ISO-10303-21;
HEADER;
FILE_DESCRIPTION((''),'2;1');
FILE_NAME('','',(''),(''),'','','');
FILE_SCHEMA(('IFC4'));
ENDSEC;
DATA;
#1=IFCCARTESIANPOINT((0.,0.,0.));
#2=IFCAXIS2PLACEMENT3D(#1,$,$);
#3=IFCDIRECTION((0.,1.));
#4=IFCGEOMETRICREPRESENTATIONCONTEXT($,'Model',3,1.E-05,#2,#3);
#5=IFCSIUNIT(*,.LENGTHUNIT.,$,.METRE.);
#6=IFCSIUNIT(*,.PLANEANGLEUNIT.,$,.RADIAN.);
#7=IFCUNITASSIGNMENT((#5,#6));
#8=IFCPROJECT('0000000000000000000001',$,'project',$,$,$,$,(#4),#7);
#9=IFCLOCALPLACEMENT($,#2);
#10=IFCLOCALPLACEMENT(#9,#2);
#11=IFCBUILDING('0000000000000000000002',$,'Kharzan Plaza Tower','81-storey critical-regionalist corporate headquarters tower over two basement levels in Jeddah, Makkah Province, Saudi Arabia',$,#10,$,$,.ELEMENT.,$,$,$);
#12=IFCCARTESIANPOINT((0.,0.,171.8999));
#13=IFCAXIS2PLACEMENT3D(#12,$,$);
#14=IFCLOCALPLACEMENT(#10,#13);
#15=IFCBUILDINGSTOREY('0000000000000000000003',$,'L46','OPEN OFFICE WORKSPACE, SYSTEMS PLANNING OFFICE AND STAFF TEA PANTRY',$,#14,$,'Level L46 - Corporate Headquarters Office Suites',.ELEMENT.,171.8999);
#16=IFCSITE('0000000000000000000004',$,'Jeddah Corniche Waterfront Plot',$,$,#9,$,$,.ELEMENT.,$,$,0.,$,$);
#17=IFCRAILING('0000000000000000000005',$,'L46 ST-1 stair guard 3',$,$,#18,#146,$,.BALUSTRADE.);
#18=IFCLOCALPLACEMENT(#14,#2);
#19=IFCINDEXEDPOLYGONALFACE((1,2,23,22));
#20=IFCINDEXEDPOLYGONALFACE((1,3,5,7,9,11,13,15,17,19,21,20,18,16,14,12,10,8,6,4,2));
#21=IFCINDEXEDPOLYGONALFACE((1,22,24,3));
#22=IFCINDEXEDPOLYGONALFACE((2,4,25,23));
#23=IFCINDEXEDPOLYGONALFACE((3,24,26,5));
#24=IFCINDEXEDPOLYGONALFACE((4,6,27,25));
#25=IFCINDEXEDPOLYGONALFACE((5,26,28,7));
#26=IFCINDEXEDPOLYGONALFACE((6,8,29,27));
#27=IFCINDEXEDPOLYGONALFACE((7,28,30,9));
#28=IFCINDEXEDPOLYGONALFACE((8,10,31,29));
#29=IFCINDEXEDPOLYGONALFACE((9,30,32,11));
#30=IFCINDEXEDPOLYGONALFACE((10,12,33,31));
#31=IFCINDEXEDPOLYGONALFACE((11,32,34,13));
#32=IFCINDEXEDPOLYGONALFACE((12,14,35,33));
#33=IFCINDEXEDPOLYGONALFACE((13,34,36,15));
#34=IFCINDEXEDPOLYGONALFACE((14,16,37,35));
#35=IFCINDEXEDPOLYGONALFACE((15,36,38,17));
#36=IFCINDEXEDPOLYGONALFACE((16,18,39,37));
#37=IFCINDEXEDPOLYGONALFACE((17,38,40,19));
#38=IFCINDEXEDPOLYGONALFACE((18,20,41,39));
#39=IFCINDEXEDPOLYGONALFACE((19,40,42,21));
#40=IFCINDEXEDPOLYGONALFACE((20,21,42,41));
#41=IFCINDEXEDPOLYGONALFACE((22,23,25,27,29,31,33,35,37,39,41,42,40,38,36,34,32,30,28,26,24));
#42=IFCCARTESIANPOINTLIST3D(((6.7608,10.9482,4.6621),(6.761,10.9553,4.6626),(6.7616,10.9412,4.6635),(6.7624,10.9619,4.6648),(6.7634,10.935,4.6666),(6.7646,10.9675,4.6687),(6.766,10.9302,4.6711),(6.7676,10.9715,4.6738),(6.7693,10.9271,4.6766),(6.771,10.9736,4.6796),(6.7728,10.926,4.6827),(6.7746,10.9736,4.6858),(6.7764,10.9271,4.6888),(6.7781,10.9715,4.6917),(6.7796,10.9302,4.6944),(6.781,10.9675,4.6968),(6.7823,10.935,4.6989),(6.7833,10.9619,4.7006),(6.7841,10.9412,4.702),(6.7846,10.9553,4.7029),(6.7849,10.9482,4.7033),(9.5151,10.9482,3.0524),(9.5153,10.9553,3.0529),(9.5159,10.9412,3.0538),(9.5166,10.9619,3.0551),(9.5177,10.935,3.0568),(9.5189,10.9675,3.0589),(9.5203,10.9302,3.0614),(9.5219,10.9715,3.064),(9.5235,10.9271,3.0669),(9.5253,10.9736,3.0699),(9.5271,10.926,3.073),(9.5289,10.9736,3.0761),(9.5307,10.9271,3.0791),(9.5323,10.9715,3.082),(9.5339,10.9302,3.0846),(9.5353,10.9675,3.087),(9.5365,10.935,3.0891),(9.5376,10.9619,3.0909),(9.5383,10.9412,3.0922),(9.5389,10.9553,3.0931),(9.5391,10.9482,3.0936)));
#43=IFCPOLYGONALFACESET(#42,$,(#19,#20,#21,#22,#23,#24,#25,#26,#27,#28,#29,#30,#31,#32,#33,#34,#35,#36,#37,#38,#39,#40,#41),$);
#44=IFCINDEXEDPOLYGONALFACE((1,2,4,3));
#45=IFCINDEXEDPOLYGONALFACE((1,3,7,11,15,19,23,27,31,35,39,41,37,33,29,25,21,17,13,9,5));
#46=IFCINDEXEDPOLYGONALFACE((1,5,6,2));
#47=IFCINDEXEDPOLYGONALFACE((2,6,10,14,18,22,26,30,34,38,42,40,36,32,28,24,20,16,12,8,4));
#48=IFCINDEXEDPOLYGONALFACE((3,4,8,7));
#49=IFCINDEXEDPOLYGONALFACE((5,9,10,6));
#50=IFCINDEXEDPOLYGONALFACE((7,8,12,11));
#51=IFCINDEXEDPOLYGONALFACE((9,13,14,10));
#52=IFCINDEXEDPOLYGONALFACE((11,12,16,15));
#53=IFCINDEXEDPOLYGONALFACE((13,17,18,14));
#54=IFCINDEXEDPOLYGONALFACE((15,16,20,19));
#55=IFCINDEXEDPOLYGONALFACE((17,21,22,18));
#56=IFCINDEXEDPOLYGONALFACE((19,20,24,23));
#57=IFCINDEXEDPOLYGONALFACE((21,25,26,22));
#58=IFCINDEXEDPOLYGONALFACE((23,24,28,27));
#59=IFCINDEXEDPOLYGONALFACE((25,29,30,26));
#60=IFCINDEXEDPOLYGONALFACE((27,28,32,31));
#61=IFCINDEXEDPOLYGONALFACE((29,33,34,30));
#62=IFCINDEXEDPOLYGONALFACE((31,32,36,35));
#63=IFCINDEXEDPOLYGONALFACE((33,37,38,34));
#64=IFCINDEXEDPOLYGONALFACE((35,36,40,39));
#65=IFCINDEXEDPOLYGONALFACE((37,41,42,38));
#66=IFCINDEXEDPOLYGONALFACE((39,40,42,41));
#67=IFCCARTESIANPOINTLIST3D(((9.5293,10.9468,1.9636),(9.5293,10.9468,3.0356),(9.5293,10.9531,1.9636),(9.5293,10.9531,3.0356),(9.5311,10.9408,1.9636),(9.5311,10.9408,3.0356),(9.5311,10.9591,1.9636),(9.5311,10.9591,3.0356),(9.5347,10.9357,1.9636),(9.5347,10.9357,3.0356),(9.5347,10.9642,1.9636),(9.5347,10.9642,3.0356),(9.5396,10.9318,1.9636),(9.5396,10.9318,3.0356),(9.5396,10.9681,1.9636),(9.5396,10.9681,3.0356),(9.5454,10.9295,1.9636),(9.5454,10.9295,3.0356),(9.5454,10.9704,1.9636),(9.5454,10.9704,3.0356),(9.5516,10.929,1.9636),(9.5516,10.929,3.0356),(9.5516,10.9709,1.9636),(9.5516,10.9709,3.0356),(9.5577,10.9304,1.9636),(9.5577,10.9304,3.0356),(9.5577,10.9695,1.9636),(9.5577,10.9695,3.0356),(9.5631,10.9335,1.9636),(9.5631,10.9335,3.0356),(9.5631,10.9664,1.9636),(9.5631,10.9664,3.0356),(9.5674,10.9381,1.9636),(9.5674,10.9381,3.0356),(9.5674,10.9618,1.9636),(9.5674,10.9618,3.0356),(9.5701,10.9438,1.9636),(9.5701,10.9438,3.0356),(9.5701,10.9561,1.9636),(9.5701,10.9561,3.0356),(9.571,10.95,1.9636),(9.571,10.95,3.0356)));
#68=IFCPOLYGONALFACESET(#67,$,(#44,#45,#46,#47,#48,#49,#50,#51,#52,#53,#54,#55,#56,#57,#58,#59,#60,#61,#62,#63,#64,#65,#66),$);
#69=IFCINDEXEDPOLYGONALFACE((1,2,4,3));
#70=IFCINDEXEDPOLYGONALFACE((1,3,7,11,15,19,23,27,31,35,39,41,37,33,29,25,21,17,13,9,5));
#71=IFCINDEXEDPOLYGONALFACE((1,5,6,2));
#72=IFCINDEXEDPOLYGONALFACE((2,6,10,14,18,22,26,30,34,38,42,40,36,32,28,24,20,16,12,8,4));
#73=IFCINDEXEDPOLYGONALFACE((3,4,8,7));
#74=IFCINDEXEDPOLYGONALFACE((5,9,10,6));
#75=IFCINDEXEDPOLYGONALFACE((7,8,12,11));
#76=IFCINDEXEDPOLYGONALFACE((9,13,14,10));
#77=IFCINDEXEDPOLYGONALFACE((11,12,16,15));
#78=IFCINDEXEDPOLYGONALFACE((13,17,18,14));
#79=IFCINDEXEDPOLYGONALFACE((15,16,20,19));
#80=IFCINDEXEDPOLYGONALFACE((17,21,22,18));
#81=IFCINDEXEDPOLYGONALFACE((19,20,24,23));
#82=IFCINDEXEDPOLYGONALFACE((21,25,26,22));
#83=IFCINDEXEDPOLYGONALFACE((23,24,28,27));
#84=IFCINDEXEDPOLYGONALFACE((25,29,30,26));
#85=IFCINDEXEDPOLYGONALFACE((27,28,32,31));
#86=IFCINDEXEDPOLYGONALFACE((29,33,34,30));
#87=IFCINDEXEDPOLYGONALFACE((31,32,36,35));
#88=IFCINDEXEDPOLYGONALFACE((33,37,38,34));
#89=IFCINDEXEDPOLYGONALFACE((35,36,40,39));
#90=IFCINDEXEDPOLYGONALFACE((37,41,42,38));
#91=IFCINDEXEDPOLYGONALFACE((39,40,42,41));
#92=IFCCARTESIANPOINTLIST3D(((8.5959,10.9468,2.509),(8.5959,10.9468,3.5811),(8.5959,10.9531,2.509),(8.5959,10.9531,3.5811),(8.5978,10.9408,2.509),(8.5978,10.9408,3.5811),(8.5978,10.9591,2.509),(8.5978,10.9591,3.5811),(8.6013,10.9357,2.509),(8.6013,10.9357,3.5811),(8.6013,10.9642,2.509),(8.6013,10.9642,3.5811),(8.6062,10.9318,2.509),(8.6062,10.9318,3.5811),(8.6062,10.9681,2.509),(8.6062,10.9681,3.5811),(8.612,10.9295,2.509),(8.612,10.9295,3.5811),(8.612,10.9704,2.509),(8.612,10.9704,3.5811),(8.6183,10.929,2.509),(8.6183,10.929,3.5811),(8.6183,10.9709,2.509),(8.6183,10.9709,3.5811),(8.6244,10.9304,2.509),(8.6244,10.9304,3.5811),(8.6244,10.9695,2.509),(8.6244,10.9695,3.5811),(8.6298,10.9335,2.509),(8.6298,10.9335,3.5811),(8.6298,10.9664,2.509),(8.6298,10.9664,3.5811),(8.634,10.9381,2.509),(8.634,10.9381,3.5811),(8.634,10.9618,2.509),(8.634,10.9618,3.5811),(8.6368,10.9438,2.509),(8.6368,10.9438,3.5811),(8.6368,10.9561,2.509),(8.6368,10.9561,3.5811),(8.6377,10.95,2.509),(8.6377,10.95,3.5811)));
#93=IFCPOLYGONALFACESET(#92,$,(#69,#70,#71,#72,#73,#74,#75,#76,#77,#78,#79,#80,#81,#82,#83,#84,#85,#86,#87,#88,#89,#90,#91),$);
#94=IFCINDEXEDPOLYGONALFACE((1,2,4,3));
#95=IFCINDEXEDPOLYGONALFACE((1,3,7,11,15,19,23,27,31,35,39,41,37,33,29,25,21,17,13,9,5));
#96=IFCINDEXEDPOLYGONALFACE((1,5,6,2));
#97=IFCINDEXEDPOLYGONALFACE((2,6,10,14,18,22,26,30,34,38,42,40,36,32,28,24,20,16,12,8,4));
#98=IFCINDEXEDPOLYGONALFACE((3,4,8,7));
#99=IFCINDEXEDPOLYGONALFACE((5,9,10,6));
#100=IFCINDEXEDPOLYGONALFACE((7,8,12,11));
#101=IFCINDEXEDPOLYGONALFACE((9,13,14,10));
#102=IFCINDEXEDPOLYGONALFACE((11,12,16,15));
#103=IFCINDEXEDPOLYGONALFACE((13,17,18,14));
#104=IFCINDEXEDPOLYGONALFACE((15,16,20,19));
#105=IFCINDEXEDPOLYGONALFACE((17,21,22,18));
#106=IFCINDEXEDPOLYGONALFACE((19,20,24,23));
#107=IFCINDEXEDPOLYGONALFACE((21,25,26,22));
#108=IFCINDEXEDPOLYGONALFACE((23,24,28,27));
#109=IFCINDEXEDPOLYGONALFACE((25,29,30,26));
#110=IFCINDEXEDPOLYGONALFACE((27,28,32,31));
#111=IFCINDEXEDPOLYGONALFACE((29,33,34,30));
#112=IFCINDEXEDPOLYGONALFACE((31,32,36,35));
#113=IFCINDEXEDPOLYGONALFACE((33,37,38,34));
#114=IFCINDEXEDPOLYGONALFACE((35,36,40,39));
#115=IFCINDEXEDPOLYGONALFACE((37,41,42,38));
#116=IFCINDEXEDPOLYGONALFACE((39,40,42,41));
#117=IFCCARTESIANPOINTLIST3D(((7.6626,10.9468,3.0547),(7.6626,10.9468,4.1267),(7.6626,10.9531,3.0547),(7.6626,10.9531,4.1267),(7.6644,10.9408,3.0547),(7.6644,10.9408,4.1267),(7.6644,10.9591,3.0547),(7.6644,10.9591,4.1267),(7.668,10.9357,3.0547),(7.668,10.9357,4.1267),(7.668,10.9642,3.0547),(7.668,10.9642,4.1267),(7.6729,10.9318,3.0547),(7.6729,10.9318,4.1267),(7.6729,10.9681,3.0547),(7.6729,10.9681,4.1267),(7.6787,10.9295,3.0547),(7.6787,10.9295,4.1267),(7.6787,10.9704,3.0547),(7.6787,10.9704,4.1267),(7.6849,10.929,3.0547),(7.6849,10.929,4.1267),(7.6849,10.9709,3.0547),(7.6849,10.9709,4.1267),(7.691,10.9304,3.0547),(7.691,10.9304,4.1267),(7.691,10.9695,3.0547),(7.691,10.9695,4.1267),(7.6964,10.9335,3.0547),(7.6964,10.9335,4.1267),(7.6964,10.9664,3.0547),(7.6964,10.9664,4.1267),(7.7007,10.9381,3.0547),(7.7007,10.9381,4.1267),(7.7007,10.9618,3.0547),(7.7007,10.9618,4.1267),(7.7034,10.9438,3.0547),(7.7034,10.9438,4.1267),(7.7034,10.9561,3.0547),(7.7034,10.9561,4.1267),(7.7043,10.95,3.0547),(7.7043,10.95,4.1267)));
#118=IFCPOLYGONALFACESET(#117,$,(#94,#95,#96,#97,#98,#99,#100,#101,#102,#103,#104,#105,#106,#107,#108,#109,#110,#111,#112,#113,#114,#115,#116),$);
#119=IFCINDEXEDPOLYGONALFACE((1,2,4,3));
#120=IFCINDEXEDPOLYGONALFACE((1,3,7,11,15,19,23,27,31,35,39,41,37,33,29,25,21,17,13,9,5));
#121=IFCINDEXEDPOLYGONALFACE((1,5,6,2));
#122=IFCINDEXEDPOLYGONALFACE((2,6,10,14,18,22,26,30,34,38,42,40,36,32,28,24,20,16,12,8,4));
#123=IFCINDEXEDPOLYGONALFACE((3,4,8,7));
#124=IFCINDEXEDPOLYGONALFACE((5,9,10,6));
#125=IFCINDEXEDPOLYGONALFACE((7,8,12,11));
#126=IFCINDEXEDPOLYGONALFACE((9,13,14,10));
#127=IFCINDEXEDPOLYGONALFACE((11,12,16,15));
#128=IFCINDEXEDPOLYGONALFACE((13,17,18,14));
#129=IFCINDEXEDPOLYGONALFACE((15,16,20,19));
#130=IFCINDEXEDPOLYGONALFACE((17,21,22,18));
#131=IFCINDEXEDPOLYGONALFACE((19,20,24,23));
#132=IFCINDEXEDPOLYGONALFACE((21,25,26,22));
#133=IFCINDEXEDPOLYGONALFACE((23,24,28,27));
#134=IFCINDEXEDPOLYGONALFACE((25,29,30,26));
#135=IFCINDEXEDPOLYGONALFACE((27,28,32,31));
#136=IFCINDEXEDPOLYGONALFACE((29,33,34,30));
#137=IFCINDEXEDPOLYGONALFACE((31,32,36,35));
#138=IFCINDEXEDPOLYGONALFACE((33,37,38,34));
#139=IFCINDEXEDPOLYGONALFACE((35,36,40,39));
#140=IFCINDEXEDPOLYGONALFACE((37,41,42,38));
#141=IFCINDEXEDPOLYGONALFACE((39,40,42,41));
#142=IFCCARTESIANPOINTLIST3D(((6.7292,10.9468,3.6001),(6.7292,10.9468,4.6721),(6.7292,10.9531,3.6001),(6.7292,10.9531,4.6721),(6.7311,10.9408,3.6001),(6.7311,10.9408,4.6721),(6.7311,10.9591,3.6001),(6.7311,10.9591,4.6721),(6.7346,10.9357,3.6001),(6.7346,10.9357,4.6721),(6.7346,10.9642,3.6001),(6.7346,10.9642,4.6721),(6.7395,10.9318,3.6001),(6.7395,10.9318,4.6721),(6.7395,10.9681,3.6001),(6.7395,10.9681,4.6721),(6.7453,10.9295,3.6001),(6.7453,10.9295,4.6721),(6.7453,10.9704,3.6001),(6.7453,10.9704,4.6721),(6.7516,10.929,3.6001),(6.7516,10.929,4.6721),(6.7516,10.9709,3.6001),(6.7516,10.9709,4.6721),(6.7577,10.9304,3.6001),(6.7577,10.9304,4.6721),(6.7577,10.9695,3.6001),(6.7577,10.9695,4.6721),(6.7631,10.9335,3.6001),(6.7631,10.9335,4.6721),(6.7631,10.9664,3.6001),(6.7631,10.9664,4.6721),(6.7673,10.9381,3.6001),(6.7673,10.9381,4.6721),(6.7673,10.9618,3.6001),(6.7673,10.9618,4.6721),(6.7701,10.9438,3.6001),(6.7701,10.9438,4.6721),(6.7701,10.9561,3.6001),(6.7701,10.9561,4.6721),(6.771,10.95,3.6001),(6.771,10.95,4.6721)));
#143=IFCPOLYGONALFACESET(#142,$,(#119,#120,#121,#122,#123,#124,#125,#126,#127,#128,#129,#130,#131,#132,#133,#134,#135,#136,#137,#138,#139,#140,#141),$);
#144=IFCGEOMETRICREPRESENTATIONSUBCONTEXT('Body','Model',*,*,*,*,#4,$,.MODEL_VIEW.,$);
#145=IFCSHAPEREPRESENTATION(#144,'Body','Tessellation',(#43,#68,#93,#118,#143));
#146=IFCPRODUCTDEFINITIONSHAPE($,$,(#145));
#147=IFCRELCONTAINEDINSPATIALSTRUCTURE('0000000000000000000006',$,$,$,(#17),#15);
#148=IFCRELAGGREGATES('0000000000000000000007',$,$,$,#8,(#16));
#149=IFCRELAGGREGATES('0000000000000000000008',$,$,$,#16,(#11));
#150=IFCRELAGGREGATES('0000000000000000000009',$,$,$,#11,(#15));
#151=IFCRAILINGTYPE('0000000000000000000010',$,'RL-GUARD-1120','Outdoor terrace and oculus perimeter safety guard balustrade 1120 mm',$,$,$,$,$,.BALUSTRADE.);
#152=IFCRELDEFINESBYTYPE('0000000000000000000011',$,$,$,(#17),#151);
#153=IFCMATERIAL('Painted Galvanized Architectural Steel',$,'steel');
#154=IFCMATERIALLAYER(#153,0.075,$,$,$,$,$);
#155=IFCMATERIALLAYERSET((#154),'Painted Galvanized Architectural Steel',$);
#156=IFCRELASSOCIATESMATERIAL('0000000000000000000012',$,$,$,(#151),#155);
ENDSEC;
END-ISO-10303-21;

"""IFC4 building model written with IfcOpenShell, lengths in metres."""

from ifc_helpers import new_model, si_unit, direction, frame, origin, origin_2d, place, context, subcontext, project, spatial, circle, extrude, source, transform, mapped, material, layer, layer_set, type_object, element, save


model = new_model("IFC4")

# Units and contexts
model_context = context("Model", 3, precision=1e-05, world=origin(), true_north=direction((0.0, 1.0)))
body_context = subcontext(model_context, "Body", "Model", "MODEL_VIEW")
ifc_project = project(units=[si_unit("LENGTHUNIT", "METRE"), si_unit("PLANEANGLEUNIT", "RADIAN")], contexts=[model_context])

# Site, building, storey
site_placement = place(None, origin())
site = spatial("IfcSite", under=ifc_project, at=site_placement, Name="Jeddah Corniche Waterfront Plot", CompositionType="ELEMENT", RefElevation=0.0)
building_placement = place(site_placement, origin())
building = spatial("IfcBuilding", under=site, at=building_placement, Name="Kharzan Plaza Tower", Description="81-storey critical-regionalist corporate headquarters tower over two basement levels in Jeddah, Makkah Province, Saudi Arabia", CompositionType="ELEMENT")
storey_placement = place(building_placement, frame((0.0, 0.0, 171.8999)))
storey = spatial("IfcBuildingStorey", under=building, at=storey_placement, Name="L46", Description="OPEN OFFICE WORKSPACE, SYSTEMS PLANNING OFFICE AND STAFF TEA PANTRY", LongName="Level L46 - Corporate Headquarters Office Suites", CompositionType="ELEMENT", Elevation=171.8999)

# Railing
ifc_material_1 = material(Name="Painted Galvanized Architectural Steel", Category="steel")
ifc_layer_1 = layer(ifc_material_1, 0.075)
ifc_layer_set_1 = layer_set([ifc_layer_1], Name="Painted Galvanized Architectural Steel")
railing_type_1 = type_object("IfcRailingType", Name="RL-GUARD-1120", Description="Outdoor terrace and oculus perimeter safety guard balustrade 1120 mm", PredefinedType="BALUSTRADE", material=ifc_layer_set_1)
shared_shape_1 = source(origin(), body_context, "Body", "SweptSolid", [
    extrude(circle(Radius=0.0239, at=origin_2d()), frame((-0.0229, 0.0, 1.1094), z_axis=(-0.863361, 0.0, 0.504587), x_axis=(0.0, -1.0, 0.0)), (0.0, 0.0, 1.0), 3.1902),
    extrude(circle(Radius=0.021, at=origin_2d()), origin(), (0.0, 0.0, 1.0), 1.072),
    extrude(circle(Radius=0.021, at=origin_2d()), frame((-0.9333, 0.0, 0.5454)), (0.0, 0.0, 1.0), 1.072),
    extrude(circle(Radius=0.021, at=origin_2d()), frame((-1.8667, 0.0, 1.0911)), (0.0, 0.0, 1.0), 1.072),
    extrude(circle(Radius=0.021, at=origin_2d()), frame((-2.8, 0.0, 1.6365)), (0.0, 0.0, 1.0), 1.072),
])
railing_1_placement = place(storey_placement, frame((9.55, 10.95, 1.9636)))
element("IfcRailing", 1, at=railing_1_placement, inside=storey, type_object=railing_type_1, Name="L46 ST-1 stair guard 3", PredefinedType="BALUSTRADE", context=body_context, shape_type="MappedRepresentation", body=[
    mapped(shared_shape_1, transform((0.0, 0.0, 0.0), x_axis=(1.0, 0.0, 0.0), y_axis=(0.0, 1.0, 0.0), z_axis=(0.0, 0.0, 1.0))),
])

save(model, "model.ifc")
